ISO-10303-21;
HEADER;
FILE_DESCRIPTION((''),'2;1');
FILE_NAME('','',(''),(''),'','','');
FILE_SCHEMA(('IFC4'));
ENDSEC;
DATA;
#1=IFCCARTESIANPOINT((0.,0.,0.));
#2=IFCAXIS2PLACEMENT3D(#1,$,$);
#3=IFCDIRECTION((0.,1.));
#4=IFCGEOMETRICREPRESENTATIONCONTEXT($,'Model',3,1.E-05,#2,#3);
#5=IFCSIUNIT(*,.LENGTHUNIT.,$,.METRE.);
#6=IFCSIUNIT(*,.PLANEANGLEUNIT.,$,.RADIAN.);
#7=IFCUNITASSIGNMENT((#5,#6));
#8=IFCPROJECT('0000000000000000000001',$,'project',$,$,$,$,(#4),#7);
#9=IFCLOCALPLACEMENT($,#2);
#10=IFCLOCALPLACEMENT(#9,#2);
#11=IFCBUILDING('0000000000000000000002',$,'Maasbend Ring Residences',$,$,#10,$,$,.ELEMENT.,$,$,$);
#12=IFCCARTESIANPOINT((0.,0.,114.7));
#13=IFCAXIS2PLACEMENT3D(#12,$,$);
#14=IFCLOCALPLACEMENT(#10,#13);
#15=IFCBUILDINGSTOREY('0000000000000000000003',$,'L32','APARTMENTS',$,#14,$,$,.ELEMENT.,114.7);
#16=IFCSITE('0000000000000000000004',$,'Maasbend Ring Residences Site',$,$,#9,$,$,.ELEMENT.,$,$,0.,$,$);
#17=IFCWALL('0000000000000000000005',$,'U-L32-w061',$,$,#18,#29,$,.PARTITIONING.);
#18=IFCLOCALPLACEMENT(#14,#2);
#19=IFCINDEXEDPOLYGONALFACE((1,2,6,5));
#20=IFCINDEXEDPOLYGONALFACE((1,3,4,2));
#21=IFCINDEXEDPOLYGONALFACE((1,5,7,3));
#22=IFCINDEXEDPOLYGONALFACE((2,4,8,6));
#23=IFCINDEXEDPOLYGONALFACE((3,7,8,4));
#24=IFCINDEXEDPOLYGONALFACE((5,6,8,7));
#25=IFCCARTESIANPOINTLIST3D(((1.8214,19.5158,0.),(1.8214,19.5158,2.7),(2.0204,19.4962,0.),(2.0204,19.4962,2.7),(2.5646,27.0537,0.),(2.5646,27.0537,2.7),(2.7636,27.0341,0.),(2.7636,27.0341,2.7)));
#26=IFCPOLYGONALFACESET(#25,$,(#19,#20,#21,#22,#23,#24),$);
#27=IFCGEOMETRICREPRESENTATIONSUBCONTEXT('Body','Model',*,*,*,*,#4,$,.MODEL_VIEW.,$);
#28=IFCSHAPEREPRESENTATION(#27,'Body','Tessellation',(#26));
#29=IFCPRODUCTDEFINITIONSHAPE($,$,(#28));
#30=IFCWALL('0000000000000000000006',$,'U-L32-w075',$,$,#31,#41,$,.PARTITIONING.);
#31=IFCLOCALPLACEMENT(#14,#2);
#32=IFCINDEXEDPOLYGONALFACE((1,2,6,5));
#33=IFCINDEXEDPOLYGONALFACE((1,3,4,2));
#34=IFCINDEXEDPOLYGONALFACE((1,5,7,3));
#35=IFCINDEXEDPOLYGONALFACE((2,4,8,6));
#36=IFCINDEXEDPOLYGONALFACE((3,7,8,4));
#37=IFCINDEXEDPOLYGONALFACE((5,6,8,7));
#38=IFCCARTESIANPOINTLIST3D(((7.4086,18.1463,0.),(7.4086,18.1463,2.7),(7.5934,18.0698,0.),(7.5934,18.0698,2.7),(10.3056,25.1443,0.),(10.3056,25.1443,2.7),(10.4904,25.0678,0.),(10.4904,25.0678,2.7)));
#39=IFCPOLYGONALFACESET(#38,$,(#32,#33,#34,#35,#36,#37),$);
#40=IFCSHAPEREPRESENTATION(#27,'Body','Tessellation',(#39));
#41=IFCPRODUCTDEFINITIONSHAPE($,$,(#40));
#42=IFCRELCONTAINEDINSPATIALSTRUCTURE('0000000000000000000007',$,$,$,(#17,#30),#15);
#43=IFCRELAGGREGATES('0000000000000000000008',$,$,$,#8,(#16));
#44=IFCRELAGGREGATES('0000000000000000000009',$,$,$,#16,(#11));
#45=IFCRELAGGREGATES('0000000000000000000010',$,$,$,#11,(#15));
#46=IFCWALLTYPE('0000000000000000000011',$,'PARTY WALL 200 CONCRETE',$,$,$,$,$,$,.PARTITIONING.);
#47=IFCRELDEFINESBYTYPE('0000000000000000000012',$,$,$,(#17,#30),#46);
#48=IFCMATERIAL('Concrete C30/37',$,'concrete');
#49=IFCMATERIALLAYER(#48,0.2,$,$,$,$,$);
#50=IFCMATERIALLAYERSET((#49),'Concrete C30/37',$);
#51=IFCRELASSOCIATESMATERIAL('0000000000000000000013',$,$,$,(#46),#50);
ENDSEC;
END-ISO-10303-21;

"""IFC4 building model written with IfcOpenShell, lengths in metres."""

from ifc_helpers import new_model, si_unit, direction, frame, frame_2d, origin, place, context, subcontext, project, spatial, rectangle, extrude, material, layer, layer_set, type_object, element, save


model = new_model("IFC4")

# Units and contexts
model_context = context("Model", 3, precision=1e-05, world=origin(), true_north=direction((0.0, 1.0)))
body_context = subcontext(model_context, "Body", "Model", "MODEL_VIEW")
ifc_project = project(units=[si_unit("LENGTHUNIT", "METRE"), si_unit("PLANEANGLEUNIT", "RADIAN")], contexts=[model_context])

# Site, building, storey
site_placement = place(None, origin())
site = spatial("IfcSite", under=ifc_project, at=site_placement, Name="Maasbend Ring Residences Site", CompositionType="ELEMENT", RefElevation=0.0)
building_placement = place(site_placement, origin())
building = spatial("IfcBuilding", under=site, at=building_placement, Name="Maasbend Ring Residences", CompositionType="ELEMENT")
storey_placement = place(building_placement, frame((0.0, 0.0, 114.7)))
storey = spatial("IfcBuildingStorey", under=building, at=storey_placement, Name="L32", Description="APARTMENTS", CompositionType="ELEMENT", Elevation=114.7)

# Walls
ifc_material_1 = material(Name="Concrete C30/37", Category="concrete")
ifc_layer_1 = layer(ifc_material_1, 0.2)
ifc_layer_set_1 = layer_set([ifc_layer_1], Name="Concrete C30/37")
wall_type_1 = type_object("IfcWallType", Name="PARTY WALL 200 CONCRETE", PredefinedType="PARTITIONING", material=ifc_layer_set_1)
wall_1_placement = place(storey_placement, frame((1.9209, 19.5061, 0.0), z_axis=(0.0, 0.0, 1.0), x_axis=(0.098115, 0.995175, 0.0)))
element("IfcWall", 1, at=wall_1_placement, inside=storey, type_object=wall_type_1, Name="U-L32-w061", PredefinedType="PARTITIONING", context=body_context, shape_type="SweptSolid", body=[
    extrude(rectangle(XDim=7.5745, YDim=0.2, at=frame_2d((3.7871, 0.0))), origin(), (0.0, 0.0, 1.0), 2.7),
])
wall_2_placement = place(storey_placement, frame((7.501, 18.1079, 0.0), z_axis=(0.0, 0.0, 1.0), x_axis=(0.38249, 0.923959, 0.0)))
element("IfcWall", 2, at=wall_2_placement, inside=storey, type_object=wall_type_1, Name="U-L32-w075", PredefinedType="PARTITIONING", context=body_context, shape_type="SweptSolid", body=[
    extrude(rectangle(XDim=7.574, YDim=0.2, at=frame_2d((3.7871, 0.0))), origin(), (0.0, 0.0, 1.0), 2.7),
])

save(model, "model.ifc")
